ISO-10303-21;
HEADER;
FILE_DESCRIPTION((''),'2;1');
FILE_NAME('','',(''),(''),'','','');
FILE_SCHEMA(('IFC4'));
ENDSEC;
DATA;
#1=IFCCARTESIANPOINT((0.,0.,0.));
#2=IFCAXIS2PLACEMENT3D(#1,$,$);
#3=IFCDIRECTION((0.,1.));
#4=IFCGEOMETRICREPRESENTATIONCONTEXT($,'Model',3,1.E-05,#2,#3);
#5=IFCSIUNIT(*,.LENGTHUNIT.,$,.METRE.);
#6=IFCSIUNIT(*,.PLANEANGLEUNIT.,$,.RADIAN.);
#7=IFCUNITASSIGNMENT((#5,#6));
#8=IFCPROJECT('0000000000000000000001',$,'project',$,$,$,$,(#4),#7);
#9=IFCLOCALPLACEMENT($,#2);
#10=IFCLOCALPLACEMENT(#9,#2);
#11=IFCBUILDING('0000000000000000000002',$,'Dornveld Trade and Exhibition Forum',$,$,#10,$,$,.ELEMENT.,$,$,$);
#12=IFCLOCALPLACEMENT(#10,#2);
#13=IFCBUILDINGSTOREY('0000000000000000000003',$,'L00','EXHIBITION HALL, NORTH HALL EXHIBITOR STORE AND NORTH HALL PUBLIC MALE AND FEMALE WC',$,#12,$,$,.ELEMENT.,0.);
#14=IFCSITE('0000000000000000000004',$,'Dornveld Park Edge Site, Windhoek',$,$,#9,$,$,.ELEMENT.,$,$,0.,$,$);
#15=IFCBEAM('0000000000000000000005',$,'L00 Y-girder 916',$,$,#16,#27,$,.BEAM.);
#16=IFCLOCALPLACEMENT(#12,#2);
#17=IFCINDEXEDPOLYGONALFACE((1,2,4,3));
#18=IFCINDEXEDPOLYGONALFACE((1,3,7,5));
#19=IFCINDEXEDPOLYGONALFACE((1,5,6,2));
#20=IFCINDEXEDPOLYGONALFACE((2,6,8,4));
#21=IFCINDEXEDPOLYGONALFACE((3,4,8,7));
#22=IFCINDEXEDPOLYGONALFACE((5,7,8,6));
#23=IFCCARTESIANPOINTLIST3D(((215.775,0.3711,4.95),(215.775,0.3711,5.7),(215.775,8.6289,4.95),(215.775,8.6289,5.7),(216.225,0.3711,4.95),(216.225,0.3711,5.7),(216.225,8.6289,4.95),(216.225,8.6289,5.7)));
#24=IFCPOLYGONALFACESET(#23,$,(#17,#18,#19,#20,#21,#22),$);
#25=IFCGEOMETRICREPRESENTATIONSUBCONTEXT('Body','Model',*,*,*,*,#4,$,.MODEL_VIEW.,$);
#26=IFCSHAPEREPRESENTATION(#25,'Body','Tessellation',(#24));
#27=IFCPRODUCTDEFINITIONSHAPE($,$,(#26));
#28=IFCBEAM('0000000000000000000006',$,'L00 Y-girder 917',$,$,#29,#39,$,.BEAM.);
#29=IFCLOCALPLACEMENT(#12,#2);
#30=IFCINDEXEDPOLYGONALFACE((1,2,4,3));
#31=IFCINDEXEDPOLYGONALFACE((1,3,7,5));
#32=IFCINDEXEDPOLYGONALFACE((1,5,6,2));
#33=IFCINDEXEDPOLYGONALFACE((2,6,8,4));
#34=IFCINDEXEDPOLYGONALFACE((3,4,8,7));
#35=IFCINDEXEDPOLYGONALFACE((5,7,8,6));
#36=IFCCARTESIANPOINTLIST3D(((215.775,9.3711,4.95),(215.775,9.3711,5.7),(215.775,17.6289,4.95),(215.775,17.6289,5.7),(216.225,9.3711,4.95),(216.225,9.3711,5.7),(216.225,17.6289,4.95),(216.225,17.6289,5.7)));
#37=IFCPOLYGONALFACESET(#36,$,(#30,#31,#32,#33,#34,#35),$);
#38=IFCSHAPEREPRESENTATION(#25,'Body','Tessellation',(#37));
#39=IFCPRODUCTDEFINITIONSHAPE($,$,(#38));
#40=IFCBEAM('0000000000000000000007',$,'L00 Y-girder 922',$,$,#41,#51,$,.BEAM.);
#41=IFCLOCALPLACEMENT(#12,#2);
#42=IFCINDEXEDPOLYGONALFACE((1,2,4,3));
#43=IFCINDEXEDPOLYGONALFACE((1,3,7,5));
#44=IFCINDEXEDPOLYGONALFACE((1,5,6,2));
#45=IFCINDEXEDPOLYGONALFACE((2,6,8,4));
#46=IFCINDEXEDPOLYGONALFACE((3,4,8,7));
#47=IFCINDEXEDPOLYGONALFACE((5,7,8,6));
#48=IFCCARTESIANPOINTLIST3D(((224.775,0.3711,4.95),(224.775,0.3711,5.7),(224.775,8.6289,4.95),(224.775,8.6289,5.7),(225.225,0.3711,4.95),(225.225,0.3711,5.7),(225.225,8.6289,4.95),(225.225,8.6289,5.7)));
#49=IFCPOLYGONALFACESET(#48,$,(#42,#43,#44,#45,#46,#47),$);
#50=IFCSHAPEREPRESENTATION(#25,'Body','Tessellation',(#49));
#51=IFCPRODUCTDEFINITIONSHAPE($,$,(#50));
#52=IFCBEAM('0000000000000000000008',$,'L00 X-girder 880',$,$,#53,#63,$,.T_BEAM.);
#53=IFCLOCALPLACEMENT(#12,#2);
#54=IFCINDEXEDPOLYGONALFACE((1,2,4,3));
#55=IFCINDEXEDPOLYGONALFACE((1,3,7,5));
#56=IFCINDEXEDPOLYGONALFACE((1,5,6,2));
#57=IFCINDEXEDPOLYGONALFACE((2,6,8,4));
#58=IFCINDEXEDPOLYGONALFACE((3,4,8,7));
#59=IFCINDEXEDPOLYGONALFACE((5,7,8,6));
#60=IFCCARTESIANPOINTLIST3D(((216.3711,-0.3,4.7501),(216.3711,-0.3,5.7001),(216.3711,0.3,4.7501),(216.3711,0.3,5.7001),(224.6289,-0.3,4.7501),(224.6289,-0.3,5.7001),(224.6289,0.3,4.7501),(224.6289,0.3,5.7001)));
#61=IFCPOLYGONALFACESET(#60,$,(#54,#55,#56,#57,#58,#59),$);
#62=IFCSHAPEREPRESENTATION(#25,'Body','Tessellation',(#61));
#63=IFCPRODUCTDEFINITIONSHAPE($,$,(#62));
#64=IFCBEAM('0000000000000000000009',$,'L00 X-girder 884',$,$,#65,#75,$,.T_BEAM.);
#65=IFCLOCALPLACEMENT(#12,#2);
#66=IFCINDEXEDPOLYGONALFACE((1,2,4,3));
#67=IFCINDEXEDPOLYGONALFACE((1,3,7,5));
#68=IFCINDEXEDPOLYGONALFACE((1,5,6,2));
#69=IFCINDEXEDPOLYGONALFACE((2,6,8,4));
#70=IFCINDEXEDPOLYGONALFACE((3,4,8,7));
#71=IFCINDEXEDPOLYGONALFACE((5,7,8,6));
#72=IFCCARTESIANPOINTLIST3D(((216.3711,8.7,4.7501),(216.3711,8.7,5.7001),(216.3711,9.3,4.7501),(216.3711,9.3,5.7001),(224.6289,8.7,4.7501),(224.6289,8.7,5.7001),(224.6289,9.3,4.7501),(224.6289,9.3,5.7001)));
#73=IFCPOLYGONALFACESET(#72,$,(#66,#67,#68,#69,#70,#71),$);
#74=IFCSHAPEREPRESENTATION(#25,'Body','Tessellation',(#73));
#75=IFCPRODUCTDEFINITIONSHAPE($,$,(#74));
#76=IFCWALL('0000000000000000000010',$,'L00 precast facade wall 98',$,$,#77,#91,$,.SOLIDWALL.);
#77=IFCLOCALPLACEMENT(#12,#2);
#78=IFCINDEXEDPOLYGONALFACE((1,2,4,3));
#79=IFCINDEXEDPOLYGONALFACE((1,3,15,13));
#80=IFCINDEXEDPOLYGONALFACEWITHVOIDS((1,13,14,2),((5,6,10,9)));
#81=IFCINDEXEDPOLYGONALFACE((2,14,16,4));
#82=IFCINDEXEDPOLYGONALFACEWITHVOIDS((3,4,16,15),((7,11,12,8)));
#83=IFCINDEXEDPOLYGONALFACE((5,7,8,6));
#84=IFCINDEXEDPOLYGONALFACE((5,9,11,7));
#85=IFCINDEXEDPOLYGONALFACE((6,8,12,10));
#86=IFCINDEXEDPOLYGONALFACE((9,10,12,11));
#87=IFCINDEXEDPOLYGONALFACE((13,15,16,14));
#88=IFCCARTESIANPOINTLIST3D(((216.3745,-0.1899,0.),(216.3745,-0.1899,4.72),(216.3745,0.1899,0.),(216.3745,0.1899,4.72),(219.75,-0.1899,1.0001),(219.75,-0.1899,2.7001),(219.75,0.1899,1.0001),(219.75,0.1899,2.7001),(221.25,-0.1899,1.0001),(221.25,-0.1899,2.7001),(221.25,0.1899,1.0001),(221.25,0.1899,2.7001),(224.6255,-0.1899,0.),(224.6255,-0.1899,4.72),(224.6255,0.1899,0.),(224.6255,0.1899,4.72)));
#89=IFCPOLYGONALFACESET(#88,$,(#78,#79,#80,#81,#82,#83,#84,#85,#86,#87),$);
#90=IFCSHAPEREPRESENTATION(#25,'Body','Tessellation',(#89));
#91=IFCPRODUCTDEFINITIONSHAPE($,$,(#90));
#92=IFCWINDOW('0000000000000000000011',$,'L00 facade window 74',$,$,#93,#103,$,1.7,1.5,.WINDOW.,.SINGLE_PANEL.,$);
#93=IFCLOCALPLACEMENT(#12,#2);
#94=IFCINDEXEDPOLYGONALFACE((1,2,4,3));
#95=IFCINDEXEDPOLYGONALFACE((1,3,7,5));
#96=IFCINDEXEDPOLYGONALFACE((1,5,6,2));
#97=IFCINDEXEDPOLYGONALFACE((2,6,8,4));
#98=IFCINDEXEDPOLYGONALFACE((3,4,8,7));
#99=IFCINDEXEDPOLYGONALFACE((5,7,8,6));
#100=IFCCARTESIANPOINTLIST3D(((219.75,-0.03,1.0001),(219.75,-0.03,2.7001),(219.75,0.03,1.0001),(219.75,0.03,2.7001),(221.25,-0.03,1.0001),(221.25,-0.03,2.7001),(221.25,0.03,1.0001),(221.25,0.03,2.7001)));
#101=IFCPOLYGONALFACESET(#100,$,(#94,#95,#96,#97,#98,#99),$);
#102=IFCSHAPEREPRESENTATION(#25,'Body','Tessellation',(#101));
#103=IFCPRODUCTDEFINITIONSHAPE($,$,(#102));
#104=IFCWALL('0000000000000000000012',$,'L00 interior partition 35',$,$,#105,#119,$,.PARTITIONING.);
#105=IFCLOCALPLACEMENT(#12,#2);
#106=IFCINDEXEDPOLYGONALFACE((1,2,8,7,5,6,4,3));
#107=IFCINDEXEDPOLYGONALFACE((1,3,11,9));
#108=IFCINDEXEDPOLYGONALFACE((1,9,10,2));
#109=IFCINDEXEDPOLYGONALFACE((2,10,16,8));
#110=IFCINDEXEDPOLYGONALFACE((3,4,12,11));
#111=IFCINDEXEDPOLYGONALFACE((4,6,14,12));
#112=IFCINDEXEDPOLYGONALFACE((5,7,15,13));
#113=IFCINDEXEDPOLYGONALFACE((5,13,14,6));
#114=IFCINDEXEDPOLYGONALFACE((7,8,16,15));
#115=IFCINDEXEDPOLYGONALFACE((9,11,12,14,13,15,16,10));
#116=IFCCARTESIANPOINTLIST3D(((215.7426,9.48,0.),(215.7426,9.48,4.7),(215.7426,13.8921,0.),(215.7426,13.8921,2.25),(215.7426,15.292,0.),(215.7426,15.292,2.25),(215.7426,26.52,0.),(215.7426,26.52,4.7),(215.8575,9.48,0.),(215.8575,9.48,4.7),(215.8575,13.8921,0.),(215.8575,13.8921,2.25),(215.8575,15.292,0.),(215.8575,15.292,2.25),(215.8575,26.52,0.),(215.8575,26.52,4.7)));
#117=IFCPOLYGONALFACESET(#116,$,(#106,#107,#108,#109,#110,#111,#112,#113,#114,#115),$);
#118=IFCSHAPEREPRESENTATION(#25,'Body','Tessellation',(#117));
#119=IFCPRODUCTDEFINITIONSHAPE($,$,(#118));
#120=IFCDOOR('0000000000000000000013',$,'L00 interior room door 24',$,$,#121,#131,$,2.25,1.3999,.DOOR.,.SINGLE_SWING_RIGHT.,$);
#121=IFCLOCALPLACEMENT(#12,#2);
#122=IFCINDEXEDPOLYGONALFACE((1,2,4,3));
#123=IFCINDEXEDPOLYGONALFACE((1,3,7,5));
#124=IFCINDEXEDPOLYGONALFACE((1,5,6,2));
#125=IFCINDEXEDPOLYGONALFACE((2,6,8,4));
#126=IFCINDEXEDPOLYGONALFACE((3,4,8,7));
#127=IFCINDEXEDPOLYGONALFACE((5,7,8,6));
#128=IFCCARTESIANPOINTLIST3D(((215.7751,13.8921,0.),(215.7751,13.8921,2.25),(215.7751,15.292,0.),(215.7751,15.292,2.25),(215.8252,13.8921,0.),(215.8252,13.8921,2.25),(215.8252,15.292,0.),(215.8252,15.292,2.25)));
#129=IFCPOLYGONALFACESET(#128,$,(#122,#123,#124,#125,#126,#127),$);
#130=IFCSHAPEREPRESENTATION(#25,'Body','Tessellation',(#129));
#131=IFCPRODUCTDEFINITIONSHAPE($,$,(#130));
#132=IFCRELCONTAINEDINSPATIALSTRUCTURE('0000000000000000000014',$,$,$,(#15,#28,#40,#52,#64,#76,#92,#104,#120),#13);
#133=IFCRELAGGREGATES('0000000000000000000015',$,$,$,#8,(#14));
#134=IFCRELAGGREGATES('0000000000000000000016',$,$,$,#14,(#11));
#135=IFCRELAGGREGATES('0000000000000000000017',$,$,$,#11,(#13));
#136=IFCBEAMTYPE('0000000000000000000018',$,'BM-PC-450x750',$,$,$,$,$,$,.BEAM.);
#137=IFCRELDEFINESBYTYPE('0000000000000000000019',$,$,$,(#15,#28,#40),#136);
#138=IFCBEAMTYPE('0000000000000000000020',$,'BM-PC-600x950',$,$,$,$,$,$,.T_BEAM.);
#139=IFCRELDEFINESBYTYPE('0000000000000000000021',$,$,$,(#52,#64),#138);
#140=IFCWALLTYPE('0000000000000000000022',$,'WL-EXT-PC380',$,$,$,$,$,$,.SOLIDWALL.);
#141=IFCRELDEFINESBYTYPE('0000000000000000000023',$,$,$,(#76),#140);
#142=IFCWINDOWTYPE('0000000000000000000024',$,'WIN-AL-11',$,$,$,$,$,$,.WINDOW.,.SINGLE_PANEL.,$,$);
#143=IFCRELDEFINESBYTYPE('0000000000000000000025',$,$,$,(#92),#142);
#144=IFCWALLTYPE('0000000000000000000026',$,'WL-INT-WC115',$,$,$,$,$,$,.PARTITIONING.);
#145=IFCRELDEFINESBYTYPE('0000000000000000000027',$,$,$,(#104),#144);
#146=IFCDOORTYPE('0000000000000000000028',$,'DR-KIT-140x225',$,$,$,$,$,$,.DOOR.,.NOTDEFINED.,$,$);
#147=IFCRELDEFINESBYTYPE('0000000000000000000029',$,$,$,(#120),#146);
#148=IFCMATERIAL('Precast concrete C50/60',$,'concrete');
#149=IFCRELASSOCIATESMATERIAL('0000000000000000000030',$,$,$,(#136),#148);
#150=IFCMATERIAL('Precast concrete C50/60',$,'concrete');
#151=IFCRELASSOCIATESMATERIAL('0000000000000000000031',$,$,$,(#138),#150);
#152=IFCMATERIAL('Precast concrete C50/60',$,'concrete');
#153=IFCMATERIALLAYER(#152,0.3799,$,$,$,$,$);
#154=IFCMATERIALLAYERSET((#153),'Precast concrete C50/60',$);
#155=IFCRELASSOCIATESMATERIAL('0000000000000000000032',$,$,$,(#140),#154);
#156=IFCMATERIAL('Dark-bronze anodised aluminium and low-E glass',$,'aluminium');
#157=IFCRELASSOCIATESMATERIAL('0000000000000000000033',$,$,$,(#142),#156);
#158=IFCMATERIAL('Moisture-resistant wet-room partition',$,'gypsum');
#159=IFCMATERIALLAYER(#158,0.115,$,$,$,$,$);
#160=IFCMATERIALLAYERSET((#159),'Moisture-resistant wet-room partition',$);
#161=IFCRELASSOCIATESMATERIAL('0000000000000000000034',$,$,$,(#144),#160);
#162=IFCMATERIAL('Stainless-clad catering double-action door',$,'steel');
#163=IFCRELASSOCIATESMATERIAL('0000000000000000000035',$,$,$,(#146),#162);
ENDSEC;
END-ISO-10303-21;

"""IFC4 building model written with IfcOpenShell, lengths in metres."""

from ifc_helpers import new_model, si_unit, direction, frame, frame_2d, origin, origin_2d, place, context, subcontext, project, spatial, rectangle, extrude, material, layer, layer_set, material_profile, profile_set, type_object, element, fill, save


model = new_model("IFC4")

# Units and contexts
model_context = context("Model", 3, precision=1e-05, world=origin(), true_north=direction((0.0, 1.0)))
body_context = subcontext(model_context, "Body", "Model", "MODEL_VIEW")
ifc_project = project(units=[si_unit("LENGTHUNIT", "METRE"), si_unit("PLANEANGLEUNIT", "RADIAN")], contexts=[model_context])

# Site, building, storey
site_placement = place(None, origin())
site = spatial("IfcSite", under=ifc_project, at=site_placement, Name="Dornveld Park Edge Site, Windhoek", CompositionType="ELEMENT", RefElevation=0.0)
building_placement = place(site_placement, origin())
building = spatial("IfcBuilding", under=site, at=building_placement, Name="Dornveld Trade and Exhibition Forum", CompositionType="ELEMENT")
storey_placement = place(building_placement, origin())
storey = spatial("IfcBuildingStorey", under=building, at=storey_placement, Name="L00", Description="EXHIBITION HALL, NORTH HALL EXHIBITOR STORE AND NORTH HALL PUBLIC MALE AND FEMALE WC", CompositionType="ELEMENT", Elevation=0.0)

# Beams
ifc_material_1 = material(Name="Precast concrete C50/60", Category="concrete")
ifc_material_profile_1 = material_profile(ifc_material_1, rectangle(XDim=0.45, YDim=0.75, at=origin_2d()), Name="PC-BM 450x750")
ifc_profile_set_1 = profile_set([ifc_material_profile_1], Name="Precast concrete C50/60")
beam_type_1 = type_object("IfcBeamType", Name="BM-PC-450x750", PredefinedType="BEAM", material=ifc_profile_set_1)
for number, where, z_axis, x_axis, name in (
    (1, (216.0, 0.3711, 5.325), (0.0, 1.0, 0.0), (-1.0, 0.0, 0.0), "L00 Y-girder 916"),
    (2, (216.0, 9.3711, 5.325), (0.0, 1.0, 0.0), (-1.0, 0.0, 0.0), "L00 Y-girder 917"),
    (3, (225.0, 0.3711, 5.325), (0.0, 1.0, 0.0), (-1.0, 0.0, 0.0), "L00 Y-girder 922"),
):
    element("IfcBeam", number, at=place(storey_placement, frame(where, z_axis=z_axis, x_axis=x_axis)), inside=storey, type_object=beam_type_1, Name=name, PredefinedType="BEAM", context=body_context, shape_type="SweptSolid", body=[
        extrude(rectangle(XDim=0.45, YDim=0.75, at=origin_2d()), origin(), (0.0, 0.0, 1.0), 8.2578),
    ])
ifc_material_2 = material(Name="Precast concrete C50/60", Category="concrete")
ifc_material_profile_2 = material_profile(ifc_material_2, rectangle(XDim=0.6001, YDim=0.95, at=origin_2d()), Name="PC-GIR 600x950")
ifc_profile_set_2 = profile_set([ifc_material_profile_2], Name="Precast concrete C50/60")
beam_type_2 = type_object("IfcBeamType", Name="BM-PC-600x950", PredefinedType="T_BEAM", material=ifc_profile_set_2)
for number, where, z_axis, x_axis, name in (
    (4, (216.3711, 0.0, 5.2251), (1.0, 0.0, 0.0), (0.0, 1.0, 0.0), "L00 X-girder 880"),
    (5, (216.3711, 9.0, 5.2251), (1.0, 0.0, 0.0), (0.0, 1.0, 0.0), "L00 X-girder 884"),
):
    element("IfcBeam", number, at=place(storey_placement, frame(where, z_axis=z_axis, x_axis=x_axis)), inside=storey, type_object=beam_type_2, Name=name, PredefinedType="T_BEAM", context=body_context, shape_type="SweptSolid", body=[
        extrude(rectangle(XDim=0.6001, YDim=0.95, at=origin_2d()), origin(), (0.0, 0.0, 1.0), 8.2578),
    ])

# Wall, opening, window
ifc_material_3 = material(Name="Precast concrete C50/60", Category="concrete")
ifc_layer_1 = layer(ifc_material_3, 0.3799)
ifc_layer_set_1 = layer_set([ifc_layer_1], Name="Precast concrete C50/60")
wall_type_1 = type_object("IfcWallType", Name="WL-EXT-PC380", PredefinedType="SOLIDWALL", material=ifc_layer_set_1)
wall_1_placement = place(storey_placement, frame((216.3745, 0.0, 0.0), z_axis=(0.0, 0.0, 1.0), x_axis=(1.0, 0.0, 0.0)))
wall_1 = element("IfcWall", 6, at=wall_1_placement, inside=storey, type_object=wall_type_1, Name="L00 precast facade wall 98", PredefinedType="SOLIDWALL", context=body_context, shape_type="SweptSolid", body=[
    extrude(rectangle(XDim=8.251, YDim=0.3799, at=frame_2d((4.1255, 0.0))), origin(), (0.0, 0.0, 1.0), 4.72),
])
opening_1_placement = place(wall_1_placement, frame((3.3755, 0.0, 1.0)))
opening_1 = element("IfcOpeningElement", 7, at=opening_1_placement, cuts=wall_1, PredefinedType="OPENING", context=body_context, shape_type="SweptSolid", body=[
    extrude(rectangle(XDim=1.5, YDim=1.7, at=frame_2d((0.75, 0.8501))), frame((0.0, 0.2, 0.0), z_axis=(0.0, -1.0, 0.0), x_axis=(1.0, 0.0, 0.0)), (0.0, 0.0, 1.0), 0.3999),
])
ifc_material_4 = material(Name="Dark-bronze anodised aluminium and low-E glass", Category="aluminium")
window_type = type_object("IfcWindowType", Name="WIN-AL-11", PartitioningType="SINGLE_PANEL", PredefinedType="WINDOW", material=ifc_material_4)
window_placement = place(opening_1_placement, origin())
window = element("IfcWindow", 8, at=window_placement, inside=storey, type_object=window_type, Name="L00 facade window 74", OverallHeight=1.7, OverallWidth=1.5, PartitioningType="SINGLE_PANEL", PredefinedType="WINDOW", context=body_context, shape_type="SweptSolid", body=[
    extrude(rectangle(XDim=1.5, YDim=1.7, at=frame_2d((0.75, 0.8501))), frame((0.0, 0.03, 0.0), z_axis=(0.0, -1.0, 0.0), x_axis=(1.0, 0.0, 0.0)), (0.0, 0.0, 1.0), 0.0601),
])
fill(opening_1, window)

# Wall, opening, door
ifc_material_5 = material(Name="Moisture-resistant wet-room partition", Category="gypsum")
ifc_layer_2 = layer(ifc_material_5, 0.115)
ifc_layer_set_2 = layer_set([ifc_layer_2], Name="Moisture-resistant wet-room partition")
wall_type_2 = type_object("IfcWallType", Name="WL-INT-WC115", PredefinedType="PARTITIONING", material=ifc_layer_set_2)
wall_2_placement = place(storey_placement, frame((215.8, 9.48, 0.0), z_axis=(0.0, 0.0, 1.0), x_axis=(0.0, 1.0, 0.0)))
wall_2 = element("IfcWall", 9, at=wall_2_placement, inside=storey, type_object=wall_type_2, Name="L00 interior partition 35", PredefinedType="PARTITIONING", context=body_context, shape_type="SweptSolid", body=[
    extrude(rectangle(XDim=17.04, YDim=0.115, at=frame_2d((8.52, 0.0))), origin(), (0.0, 0.0, 1.0), 4.7),
])
opening_2_placement = place(wall_2_placement, frame((4.4121, 0.0, 0.0)))
opening_2 = element("IfcOpeningElement", 10, at=opening_2_placement, cuts=wall_2, PredefinedType="OPENING", context=body_context, shape_type="SweptSolid", body=[
    extrude(rectangle(XDim=1.3999, YDim=2.25, at=frame_2d((0.7, 1.125))), frame((0.0, 0.0674, 0.0), z_axis=(0.0, -1.0, 0.0), x_axis=(1.0, 0.0, 0.0)), (0.0, 0.0, 1.0), 0.135),
])
ifc_material_6 = material(Name="Stainless-clad catering double-action door", Category="steel")
door_type = type_object("IfcDoorType", Name="DR-KIT-140x225", OperationType="NOTDEFINED", PredefinedType="DOOR", material=ifc_material_6)
door_placement = place(opening_2_placement, origin())
door = element("IfcDoor", 11, at=door_placement, inside=storey, type_object=door_type, Name="L00 interior room door 24", OperationType="SINGLE_SWING_RIGHT", OverallHeight=2.25, OverallWidth=1.3999, PredefinedType="DOOR", context=body_context, shape_type="SweptSolid", body=[
    extrude(rectangle(XDim=1.3999, YDim=2.25, at=frame_2d((0.7, 1.125))), frame((0.0, 0.0249, 0.0), z_axis=(0.0, -1.0, 0.0), x_axis=(1.0, 0.0, 0.0)), (0.0, 0.0, 1.0), 0.05),
])
fill(opening_2, door)

save(model, "model.ifc")
